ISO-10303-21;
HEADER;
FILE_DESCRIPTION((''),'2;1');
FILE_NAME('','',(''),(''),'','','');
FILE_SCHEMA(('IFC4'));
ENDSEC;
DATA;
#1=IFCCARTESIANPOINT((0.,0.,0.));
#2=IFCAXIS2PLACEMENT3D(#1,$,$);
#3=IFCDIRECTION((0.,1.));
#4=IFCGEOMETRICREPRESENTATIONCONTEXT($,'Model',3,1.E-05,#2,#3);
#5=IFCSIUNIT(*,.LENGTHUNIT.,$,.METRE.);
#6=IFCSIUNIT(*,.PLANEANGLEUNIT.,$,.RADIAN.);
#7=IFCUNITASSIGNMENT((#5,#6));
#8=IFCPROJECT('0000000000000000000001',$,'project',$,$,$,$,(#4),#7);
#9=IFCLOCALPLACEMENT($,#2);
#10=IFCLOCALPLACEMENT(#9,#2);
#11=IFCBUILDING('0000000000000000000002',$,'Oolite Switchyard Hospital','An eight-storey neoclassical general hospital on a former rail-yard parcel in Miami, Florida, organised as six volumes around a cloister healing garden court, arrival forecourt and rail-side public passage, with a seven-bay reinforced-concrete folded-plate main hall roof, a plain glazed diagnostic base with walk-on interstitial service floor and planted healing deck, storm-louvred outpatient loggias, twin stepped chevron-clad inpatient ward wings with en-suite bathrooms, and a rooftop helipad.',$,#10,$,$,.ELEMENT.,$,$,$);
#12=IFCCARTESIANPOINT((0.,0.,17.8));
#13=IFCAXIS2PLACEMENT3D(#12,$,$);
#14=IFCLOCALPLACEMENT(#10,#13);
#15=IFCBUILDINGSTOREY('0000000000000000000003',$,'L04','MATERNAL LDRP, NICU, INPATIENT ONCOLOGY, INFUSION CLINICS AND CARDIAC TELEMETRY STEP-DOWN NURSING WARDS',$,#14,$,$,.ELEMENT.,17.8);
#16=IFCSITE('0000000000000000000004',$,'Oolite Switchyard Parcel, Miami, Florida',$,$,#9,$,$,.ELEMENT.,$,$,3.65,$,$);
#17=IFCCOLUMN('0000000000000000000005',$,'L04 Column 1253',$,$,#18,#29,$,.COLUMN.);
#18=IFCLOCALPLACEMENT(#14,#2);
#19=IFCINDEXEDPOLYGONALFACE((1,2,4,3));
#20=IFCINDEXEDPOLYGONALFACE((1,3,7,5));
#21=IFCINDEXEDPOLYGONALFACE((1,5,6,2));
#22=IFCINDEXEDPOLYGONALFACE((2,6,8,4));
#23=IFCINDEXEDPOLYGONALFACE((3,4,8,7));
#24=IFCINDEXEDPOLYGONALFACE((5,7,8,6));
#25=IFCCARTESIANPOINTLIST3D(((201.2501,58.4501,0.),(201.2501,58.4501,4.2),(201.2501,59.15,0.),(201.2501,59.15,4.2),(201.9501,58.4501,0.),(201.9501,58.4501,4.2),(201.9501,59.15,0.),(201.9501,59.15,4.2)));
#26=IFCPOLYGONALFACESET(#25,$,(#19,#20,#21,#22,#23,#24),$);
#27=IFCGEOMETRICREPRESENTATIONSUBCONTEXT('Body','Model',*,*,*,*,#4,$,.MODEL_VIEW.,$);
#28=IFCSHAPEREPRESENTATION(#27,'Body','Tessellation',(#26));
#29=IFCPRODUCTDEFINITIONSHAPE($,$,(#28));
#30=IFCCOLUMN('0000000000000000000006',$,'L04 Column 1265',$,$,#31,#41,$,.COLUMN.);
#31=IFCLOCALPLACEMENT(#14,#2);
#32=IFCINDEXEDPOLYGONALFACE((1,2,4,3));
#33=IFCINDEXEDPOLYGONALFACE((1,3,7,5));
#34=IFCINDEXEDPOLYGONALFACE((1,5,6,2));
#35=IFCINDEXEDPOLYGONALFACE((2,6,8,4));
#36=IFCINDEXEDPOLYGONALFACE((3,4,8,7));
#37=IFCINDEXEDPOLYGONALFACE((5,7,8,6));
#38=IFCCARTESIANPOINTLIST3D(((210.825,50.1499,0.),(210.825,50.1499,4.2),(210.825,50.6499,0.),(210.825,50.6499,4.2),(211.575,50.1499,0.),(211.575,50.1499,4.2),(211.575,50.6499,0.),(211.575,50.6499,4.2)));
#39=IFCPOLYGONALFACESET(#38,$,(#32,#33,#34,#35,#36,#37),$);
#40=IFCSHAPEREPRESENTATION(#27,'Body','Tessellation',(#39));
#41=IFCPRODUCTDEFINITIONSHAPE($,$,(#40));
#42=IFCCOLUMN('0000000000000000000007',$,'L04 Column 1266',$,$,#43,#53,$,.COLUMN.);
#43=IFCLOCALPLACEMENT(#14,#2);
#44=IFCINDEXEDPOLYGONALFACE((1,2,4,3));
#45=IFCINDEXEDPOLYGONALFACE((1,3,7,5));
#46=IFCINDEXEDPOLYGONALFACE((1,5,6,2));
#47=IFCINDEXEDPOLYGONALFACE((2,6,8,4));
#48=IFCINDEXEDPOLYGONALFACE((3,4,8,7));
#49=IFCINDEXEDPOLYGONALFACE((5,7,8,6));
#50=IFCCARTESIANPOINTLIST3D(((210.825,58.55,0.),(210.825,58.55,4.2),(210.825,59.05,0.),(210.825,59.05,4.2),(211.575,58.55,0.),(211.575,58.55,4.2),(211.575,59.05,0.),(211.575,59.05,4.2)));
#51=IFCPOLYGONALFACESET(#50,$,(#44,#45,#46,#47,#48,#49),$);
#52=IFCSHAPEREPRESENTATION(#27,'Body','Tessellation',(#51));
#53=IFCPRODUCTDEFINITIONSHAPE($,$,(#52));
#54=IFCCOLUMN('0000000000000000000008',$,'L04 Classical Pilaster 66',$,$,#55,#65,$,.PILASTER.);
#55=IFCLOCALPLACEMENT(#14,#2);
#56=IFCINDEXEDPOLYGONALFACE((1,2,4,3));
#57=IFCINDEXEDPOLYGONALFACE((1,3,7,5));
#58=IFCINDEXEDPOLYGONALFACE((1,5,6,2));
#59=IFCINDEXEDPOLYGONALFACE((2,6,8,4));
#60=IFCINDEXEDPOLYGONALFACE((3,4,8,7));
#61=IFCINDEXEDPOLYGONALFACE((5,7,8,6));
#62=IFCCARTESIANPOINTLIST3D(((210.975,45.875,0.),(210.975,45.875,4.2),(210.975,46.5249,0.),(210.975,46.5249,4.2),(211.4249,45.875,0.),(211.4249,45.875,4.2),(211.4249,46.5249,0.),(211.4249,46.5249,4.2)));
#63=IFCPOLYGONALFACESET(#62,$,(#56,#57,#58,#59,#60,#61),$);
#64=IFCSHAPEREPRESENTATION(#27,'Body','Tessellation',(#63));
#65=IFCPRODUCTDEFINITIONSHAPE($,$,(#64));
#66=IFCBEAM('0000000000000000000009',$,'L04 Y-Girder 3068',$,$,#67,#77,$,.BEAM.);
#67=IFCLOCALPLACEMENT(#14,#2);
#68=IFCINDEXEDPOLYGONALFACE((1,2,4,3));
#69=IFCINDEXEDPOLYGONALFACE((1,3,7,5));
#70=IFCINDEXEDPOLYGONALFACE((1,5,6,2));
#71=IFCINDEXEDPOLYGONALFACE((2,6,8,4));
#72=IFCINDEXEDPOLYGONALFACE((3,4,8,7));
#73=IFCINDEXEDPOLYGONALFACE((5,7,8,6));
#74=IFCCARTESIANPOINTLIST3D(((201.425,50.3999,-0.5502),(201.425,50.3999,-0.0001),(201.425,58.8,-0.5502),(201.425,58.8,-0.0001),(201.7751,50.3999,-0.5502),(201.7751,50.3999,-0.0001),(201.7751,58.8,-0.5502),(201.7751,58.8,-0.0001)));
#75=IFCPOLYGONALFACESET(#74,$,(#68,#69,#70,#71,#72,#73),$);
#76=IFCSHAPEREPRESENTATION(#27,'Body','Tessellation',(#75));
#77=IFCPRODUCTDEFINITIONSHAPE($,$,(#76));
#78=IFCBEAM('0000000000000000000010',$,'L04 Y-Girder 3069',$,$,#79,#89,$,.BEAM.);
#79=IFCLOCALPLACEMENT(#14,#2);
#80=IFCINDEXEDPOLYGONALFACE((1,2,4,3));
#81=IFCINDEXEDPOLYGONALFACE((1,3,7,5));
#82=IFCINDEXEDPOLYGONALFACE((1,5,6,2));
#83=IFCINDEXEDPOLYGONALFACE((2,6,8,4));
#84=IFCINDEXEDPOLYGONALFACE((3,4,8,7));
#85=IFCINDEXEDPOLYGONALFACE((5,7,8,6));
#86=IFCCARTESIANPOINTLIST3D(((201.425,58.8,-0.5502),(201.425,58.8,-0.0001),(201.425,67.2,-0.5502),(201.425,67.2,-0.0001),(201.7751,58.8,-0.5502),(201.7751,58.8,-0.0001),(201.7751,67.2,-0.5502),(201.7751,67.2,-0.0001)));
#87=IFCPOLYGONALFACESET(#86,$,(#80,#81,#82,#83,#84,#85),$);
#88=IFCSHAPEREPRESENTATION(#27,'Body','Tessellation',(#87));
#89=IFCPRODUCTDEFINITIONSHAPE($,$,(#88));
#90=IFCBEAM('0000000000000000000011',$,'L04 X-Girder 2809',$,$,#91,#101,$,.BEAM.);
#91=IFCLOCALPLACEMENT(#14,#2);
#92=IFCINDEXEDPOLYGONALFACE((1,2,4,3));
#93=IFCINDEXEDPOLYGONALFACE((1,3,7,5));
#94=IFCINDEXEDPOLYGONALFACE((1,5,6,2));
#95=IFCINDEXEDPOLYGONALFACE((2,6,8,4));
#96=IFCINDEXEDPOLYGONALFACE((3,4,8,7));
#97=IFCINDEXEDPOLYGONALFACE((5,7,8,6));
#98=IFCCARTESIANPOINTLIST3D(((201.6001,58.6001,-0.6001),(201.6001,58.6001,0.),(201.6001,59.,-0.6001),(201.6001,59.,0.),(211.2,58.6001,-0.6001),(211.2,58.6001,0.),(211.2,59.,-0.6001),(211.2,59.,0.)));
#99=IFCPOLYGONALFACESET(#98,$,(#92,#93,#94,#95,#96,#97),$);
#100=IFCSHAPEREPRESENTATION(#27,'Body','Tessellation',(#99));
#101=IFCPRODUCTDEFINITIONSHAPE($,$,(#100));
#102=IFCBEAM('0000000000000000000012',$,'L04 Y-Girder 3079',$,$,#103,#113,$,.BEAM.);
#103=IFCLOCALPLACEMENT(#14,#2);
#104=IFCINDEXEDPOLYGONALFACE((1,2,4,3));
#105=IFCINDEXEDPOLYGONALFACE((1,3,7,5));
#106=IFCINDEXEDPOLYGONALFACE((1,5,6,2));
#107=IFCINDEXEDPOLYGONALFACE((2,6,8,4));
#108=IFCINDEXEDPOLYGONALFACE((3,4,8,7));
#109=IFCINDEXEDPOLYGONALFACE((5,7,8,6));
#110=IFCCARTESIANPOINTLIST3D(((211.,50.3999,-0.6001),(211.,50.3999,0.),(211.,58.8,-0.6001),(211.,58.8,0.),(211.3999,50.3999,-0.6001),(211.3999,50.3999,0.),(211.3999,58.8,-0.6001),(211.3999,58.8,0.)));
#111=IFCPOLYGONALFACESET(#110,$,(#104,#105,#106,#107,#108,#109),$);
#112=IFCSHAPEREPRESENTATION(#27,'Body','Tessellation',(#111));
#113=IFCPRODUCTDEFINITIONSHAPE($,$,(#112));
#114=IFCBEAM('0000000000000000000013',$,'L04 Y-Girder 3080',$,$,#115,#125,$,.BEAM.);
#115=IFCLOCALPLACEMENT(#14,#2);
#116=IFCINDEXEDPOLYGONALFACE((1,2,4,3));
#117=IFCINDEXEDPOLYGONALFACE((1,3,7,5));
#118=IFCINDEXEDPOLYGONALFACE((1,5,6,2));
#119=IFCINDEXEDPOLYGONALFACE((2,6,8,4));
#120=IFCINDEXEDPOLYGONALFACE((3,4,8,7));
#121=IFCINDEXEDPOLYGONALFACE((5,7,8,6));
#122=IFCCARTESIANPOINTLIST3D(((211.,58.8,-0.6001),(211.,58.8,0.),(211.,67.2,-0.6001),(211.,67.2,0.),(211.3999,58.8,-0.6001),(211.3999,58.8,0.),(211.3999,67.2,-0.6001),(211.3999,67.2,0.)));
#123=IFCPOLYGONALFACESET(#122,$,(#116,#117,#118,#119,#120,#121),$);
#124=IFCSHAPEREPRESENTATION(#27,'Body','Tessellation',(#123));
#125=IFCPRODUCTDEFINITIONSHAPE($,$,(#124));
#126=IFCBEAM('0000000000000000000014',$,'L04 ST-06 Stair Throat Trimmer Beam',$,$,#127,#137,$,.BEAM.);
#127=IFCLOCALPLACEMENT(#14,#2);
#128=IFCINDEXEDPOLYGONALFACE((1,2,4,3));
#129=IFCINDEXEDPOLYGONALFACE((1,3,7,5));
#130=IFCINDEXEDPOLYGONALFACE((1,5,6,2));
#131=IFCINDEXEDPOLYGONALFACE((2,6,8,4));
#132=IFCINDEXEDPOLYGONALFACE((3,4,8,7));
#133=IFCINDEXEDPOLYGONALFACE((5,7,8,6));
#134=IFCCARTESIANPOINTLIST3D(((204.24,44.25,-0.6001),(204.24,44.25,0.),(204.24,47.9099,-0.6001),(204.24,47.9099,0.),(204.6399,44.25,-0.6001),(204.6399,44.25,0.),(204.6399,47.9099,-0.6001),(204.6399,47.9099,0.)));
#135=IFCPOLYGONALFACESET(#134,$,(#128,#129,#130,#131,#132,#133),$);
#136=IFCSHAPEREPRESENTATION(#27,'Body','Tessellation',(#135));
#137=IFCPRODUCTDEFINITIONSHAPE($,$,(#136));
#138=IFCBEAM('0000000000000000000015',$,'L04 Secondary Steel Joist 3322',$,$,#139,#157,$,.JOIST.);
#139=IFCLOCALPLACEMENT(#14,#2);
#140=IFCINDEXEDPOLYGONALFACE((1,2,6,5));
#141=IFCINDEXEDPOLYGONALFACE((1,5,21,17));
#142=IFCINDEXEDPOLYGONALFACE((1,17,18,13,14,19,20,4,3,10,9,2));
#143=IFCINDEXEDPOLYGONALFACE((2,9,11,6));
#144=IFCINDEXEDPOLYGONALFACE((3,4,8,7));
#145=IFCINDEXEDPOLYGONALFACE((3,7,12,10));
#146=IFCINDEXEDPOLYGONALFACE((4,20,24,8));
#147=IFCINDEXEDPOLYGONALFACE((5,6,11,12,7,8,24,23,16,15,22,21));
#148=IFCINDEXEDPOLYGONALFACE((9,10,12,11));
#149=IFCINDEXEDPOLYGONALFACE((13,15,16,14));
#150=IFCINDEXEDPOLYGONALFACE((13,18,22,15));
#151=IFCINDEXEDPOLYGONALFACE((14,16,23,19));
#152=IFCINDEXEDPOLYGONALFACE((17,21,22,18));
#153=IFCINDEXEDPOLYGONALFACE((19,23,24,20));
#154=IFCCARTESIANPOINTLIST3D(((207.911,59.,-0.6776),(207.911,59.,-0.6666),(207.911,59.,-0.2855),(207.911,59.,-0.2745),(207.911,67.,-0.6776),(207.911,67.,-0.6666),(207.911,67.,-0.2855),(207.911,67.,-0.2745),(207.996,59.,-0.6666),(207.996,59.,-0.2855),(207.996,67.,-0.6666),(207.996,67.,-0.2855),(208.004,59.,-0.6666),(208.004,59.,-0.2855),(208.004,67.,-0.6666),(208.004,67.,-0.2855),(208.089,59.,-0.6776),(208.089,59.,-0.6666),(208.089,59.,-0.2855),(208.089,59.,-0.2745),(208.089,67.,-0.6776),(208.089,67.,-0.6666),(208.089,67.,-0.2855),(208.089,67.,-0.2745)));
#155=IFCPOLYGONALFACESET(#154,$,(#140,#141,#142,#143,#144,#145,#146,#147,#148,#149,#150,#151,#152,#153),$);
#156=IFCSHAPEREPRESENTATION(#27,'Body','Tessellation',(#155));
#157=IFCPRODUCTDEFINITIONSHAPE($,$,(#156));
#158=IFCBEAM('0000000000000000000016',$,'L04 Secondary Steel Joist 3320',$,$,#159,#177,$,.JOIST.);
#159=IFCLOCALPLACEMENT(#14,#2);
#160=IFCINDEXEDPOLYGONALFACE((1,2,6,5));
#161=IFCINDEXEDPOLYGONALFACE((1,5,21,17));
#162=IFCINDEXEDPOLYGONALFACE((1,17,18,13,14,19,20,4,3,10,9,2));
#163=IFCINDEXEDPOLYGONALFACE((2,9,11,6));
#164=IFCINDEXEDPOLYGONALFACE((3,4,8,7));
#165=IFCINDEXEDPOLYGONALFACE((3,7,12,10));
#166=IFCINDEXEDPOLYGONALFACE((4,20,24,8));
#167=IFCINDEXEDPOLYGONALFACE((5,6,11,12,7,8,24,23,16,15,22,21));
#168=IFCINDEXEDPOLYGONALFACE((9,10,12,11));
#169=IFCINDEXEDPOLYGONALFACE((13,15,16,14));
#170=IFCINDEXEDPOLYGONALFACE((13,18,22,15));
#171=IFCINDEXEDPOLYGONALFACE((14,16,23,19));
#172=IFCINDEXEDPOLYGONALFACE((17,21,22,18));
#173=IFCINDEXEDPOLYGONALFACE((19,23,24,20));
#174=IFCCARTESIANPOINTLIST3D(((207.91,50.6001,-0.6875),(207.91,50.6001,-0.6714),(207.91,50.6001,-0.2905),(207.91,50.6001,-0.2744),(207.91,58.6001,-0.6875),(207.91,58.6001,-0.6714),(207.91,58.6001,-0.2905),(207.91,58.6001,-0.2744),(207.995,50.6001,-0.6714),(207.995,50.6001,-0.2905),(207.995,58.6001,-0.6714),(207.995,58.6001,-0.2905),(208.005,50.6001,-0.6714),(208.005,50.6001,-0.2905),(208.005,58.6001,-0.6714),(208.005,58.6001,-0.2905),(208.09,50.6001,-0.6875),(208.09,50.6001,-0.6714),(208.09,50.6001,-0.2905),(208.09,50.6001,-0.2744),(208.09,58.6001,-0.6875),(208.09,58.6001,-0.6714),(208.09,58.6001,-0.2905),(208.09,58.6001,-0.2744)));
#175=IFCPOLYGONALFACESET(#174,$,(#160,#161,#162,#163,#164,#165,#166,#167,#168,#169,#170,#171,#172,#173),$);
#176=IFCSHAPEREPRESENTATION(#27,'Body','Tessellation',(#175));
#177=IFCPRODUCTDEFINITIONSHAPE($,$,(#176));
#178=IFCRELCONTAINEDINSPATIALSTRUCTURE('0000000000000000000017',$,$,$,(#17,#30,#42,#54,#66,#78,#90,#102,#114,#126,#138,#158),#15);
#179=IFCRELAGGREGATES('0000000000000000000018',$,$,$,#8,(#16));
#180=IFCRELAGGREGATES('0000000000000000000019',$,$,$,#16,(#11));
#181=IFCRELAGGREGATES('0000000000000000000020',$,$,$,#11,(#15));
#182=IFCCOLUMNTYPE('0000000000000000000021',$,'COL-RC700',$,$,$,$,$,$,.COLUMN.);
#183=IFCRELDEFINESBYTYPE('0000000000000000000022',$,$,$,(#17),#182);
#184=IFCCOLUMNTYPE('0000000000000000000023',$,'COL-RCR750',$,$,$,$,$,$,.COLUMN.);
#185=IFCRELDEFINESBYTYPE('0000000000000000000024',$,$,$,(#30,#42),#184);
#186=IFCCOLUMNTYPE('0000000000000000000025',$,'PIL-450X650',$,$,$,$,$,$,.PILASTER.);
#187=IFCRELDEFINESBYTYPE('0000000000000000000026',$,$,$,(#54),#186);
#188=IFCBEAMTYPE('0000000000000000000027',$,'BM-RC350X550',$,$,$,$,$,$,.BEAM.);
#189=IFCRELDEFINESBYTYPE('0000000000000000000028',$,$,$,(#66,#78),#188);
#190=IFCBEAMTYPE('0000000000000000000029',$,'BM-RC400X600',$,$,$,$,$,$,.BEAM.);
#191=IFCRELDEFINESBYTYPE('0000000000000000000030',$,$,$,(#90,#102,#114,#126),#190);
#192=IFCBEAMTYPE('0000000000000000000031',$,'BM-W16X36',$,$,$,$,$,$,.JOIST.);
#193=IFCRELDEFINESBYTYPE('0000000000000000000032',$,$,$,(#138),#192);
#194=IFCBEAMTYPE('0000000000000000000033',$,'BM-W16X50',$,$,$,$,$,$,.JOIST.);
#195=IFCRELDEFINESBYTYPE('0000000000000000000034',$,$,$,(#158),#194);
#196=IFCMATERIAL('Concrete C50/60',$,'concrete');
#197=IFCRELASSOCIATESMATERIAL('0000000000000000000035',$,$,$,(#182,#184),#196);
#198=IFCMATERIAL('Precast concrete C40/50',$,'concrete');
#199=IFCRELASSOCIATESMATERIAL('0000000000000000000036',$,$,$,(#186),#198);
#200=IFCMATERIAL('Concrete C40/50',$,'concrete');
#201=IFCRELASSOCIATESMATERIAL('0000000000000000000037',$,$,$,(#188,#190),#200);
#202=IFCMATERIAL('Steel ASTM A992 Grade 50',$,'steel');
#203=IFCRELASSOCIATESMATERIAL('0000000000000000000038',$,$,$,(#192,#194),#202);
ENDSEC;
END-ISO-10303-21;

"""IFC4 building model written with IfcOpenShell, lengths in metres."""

from ifc_helpers import new_model, si_unit, direction, frame, origin, origin_2d, place, context, subcontext, project, spatial, rectangle, i_section, extrude, material, material_profile, profile_set, type_object, element, save


model = new_model("IFC4")

# Units and contexts
model_context = context("Model", 3, precision=1e-05, world=origin(), true_north=direction((0.0, 1.0)))
body_context = subcontext(model_context, "Body", "Model", "MODEL_VIEW")
ifc_project = project(units=[si_unit("LENGTHUNIT", "METRE"), si_unit("PLANEANGLEUNIT", "RADIAN")], contexts=[model_context])

# Site, building, storey
site_placement = place(None, origin())
site = spatial("IfcSite", under=ifc_project, at=site_placement, Name="Oolite Switchyard Parcel, Miami, Florida", CompositionType="ELEMENT", RefElevation=3.65)
building_placement = place(site_placement, origin())
building = spatial("IfcBuilding", under=site, at=building_placement, Name="Oolite Switchyard Hospital", Description="An eight-storey neoclassical general hospital on a former rail-yard parcel in Miami, Florida, organised as six volumes around a cloister healing garden court, arrival forecourt and rail-side public passage, with a seven-bay reinforced-concrete folded-plate main hall roof, a plain glazed diagnostic base with walk-on interstitial service floor and planted healing deck, storm-louvred outpatient loggias, twin stepped chevron-clad inpatient ward wings with en-suite bathrooms, and a rooftop helipad.", CompositionType="ELEMENT")
storey_placement = place(building_placement, frame((0.0, 0.0, 17.8)))
storey = spatial("IfcBuildingStorey", under=building, at=storey_placement, Name="L04", Description="MATERNAL LDRP, NICU, INPATIENT ONCOLOGY, INFUSION CLINICS AND CARDIAC TELEMETRY STEP-DOWN NURSING WARDS", CompositionType="ELEMENT", Elevation=17.8)

# Columns
ifc_material_1 = material(Name="Concrete C50/60", Category="concrete")
ifc_material_profile_1 = material_profile(ifc_material_1, rectangle(XDim=0.7, YDim=0.7, at=origin_2d()), Name="RC700X700")
ifc_profile_set_1 = profile_set([ifc_material_profile_1], Name="Concrete C50/60")
column_type_1 = type_object("IfcColumnType", Name="COL-RC700", PredefinedType="COLUMN", material=ifc_profile_set_1)
column_1_placement = place(storey_placement, frame((201.6001, 58.8, 0.0), z_axis=(0.0, 0.0, 1.0), x_axis=(1.0, 0.0, 0.0)))
element("IfcColumn", 1, at=column_1_placement, inside=storey, type_object=column_type_1, Name="L04 Column 1253", PredefinedType="COLUMN", context=body_context, shape_type="SweptSolid", body=[
    extrude(rectangle(XDim=0.7, YDim=0.7, at=origin_2d()), origin(), (0.0, 0.0, 1.0), 4.2),
])
ifc_material_profile_2 = material_profile(ifc_material_1, rectangle(XDim=0.75, YDim=0.5, at=origin_2d()), Name="RC750X500")
ifc_profile_set_2 = profile_set([ifc_material_profile_2], Name="Concrete C50/60")
column_type_2 = type_object("IfcColumnType", Name="COL-RCR750", PredefinedType="COLUMN", material=ifc_profile_set_2)
for number, where, z_axis, x_axis, name in (
    (2, (211.2, 50.3999, 0.0), (0.0, 0.0, 1.0), (1.0, 0.0, 0.0), "L04 Column 1265"),
    (3, (211.2, 58.8, 0.0), (0.0, 0.0, 1.0), (1.0, 0.0, 0.0), "L04 Column 1266"),
):
    element("IfcColumn", number, at=place(storey_placement, frame(where, z_axis=z_axis, x_axis=x_axis)), inside=storey, type_object=column_type_2, Name=name, PredefinedType="COLUMN", context=body_context, shape_type="SweptSolid", body=[
        extrude(rectangle(XDim=0.75, YDim=0.5, at=origin_2d()), origin(), (0.0, 0.0, 1.0), 4.2),
    ])
ifc_material_2 = material(Name="Precast concrete C40/50", Category="concrete")
ifc_material_profile_3 = material_profile(ifc_material_2, rectangle(XDim=0.45, YDim=0.6499, at=origin_2d()), Name="PIL450X650")
ifc_profile_set_3 = profile_set([ifc_material_profile_3], Name="Precast concrete C40/50")
column_type_3 = type_object("IfcColumnType", Name="PIL-450X650", PredefinedType="PILASTER", material=ifc_profile_set_3)
column_2_placement = place(storey_placement, frame((211.2, 46.2, 0.0), z_axis=(0.0, 0.0, 1.0), x_axis=(1.0, 0.0, 0.0)))
element("IfcColumn", 4, at=column_2_placement, inside=storey, type_object=column_type_3, Name="L04 Classical Pilaster 66", PredefinedType="PILASTER", context=body_context, shape_type="SweptSolid", body=[
    extrude(rectangle(XDim=0.45, YDim=0.6499, at=origin_2d()), origin(), (0.0, 0.0, 1.0), 4.2),
])

# Beams
ifc_material_3 = material(Name="Concrete C40/50", Category="concrete")
ifc_material_profile_4 = material_profile(ifc_material_3, rectangle(XDim=0.3501, YDim=0.55, at=origin_2d()), Name="RCB350X550")
ifc_profile_set_4 = profile_set([ifc_material_profile_4], Name="Concrete C40/50")
beam_type_1 = type_object("IfcBeamType", Name="BM-RC350X550", PredefinedType="BEAM", material=ifc_profile_set_4)
beam_1_placement = place(storey_placement, frame((201.6001, 50.3999, -0.2751), z_axis=(0.0, 1.0, 0.0), x_axis=(-1.0, 0.0, 0.0)))
element("IfcBeam", 5, at=beam_1_placement, inside=storey, type_object=beam_type_1, Name="L04 Y-Girder 3068", PredefinedType="BEAM", context=body_context, shape_type="SweptSolid", body=[
    extrude(rectangle(XDim=0.3501, YDim=0.55, at=origin_2d()), origin(), (0.0, 0.0, 1.0), 8.4001),
])
beam_2_placement = place(storey_placement, frame((201.6001, 58.8, -0.2751), z_axis=(0.0, 1.0, 0.0), x_axis=(-1.0, 0.0, 0.0)))
element("IfcBeam", 6, at=beam_2_placement, inside=storey, type_object=beam_type_1, Name="L04 Y-Girder 3069", PredefinedType="BEAM", context=body_context, shape_type="SweptSolid", body=[
    extrude(rectangle(XDim=0.3501, YDim=0.55, at=origin_2d()), origin(), (0.0, 0.0, 1.0), 8.3999),
])
ifc_material_profile_5 = material_profile(ifc_material_3, rectangle(XDim=0.3999, YDim=0.6001, at=origin_2d()), Name="RCB400X600")
ifc_profile_set_5 = profile_set([ifc_material_profile_5], Name="Concrete C40/50")
beam_type_2 = type_object("IfcBeamType", Name="BM-RC400X600", PredefinedType="BEAM", material=ifc_profile_set_5)
beam_3_placement = place(storey_placement, frame((201.6001, 58.8, -0.3), z_axis=(1.0, 0.0, 0.0), x_axis=(0.0, 1.0, 0.0)))
element("IfcBeam", 7, at=beam_3_placement, inside=storey, type_object=beam_type_2, Name="L04 X-Girder 2809", PredefinedType="BEAM", context=body_context, shape_type="SweptSolid", body=[
    extrude(rectangle(XDim=0.3999, YDim=0.6001, at=origin_2d()), origin(), (0.0, 0.0, 1.0), 9.5999),
])
beam_4_placement = place(storey_placement, frame((211.2, 50.3999, -0.3), z_axis=(0.0, 1.0, 0.0), x_axis=(-1.0, 0.0, 0.0)))
element("IfcBeam", 8, at=beam_4_placement, inside=storey, type_object=beam_type_2, Name="L04 Y-Girder 3079", PredefinedType="BEAM", context=body_context, shape_type="SweptSolid", body=[
    extrude(rectangle(XDim=0.3999, YDim=0.6001, at=origin_2d()), origin(), (0.0, 0.0, 1.0), 8.4001),
])
beam_5_placement = place(storey_placement, frame((211.2, 58.8, -0.3), z_axis=(0.0, 1.0, 0.0), x_axis=(-1.0, 0.0, 0.0)))
element("IfcBeam", 9, at=beam_5_placement, inside=storey, type_object=beam_type_2, Name="L04 Y-Girder 3080", PredefinedType="BEAM", context=body_context, shape_type="SweptSolid", body=[
    extrude(rectangle(XDim=0.3999, YDim=0.6001, at=origin_2d()), origin(), (0.0, 0.0, 1.0), 8.3999),
])
beam_6_placement = place(storey_placement, frame((204.4399, 44.25, -0.3), z_axis=(0.0, 1.0, 0.0), x_axis=(-1.0, 0.0, 0.0)))
element("IfcBeam", 10, at=beam_6_placement, inside=storey, type_object=beam_type_2, Name="L04 ST-06 Stair Throat Trimmer Beam", PredefinedType="BEAM", context=body_context, shape_type="SweptSolid", body=[
    extrude(rectangle(XDim=0.3999, YDim=0.6001, at=origin_2d()), origin(), (0.0, 0.0, 1.0), 3.6599),
])
ifc_material_4 = material(Name="Steel ASTM A992 Grade 50", Category="steel")
ifc_material_profile_6 = material_profile(ifc_material_4, i_section(OverallWidth=0.178, OverallDepth=0.4031, WebThickness=0.0081, FlangeThickness=0.011, at=origin_2d()), Name="W16X36")
ifc_profile_set_6 = profile_set([ifc_material_profile_6], Name="Steel ASTM A992 Grade 50")
beam_type_3 = type_object("IfcBeamType", Name="BM-W16X36", PredefinedType="JOIST", material=ifc_profile_set_6)
beam_7_placement = place(storey_placement, frame((208.0, 59.0, -0.4761), z_axis=(0.0, 1.0, 0.0), x_axis=(-1.0, 0.0, 0.0)))
element("IfcBeam", 11, at=beam_7_placement, inside=storey, type_object=beam_type_3, Name="L04 Secondary Steel Joist 3322", PredefinedType="JOIST", context=body_context, shape_type="SweptSolid", body=[
    extrude(i_section(OverallWidth=0.178, OverallDepth=0.4031, WebThickness=0.0081, FlangeThickness=0.011, at=origin_2d()), origin(), (0.0, 0.0, 1.0), 8.0),
])
ifc_material_profile_7 = material_profile(ifc_material_4, i_section(OverallWidth=0.1799, OverallDepth=0.4131, WebThickness=0.01, FlangeThickness=0.0161, at=origin_2d()), Name="W16X50")
ifc_profile_set_7 = profile_set([ifc_material_profile_7], Name="Steel ASTM A992 Grade 50")
beam_type_4 = type_object("IfcBeamType", Name="BM-W16X50", PredefinedType="JOIST", material=ifc_profile_set_7)
for number, where, z_axis, x_axis, name in (
    (12, (208.0, 50.6001, -0.481), (0.0, 1.0, 0.0), (-1.0, 0.0, 0.0), "L04 Secondary Steel Joist 3320"),
):
    element("IfcBeam", number, at=place(storey_placement, frame(where, z_axis=z_axis, x_axis=x_axis)), inside=storey, type_object=beam_type_4, Name=name, PredefinedType="JOIST", context=body_context, shape_type="SweptSolid", body=[
        extrude(i_section(OverallWidth=0.1799, OverallDepth=0.4131, WebThickness=0.01, FlangeThickness=0.0161, at=origin_2d()), origin(), (0.0, 0.0, 1.0), 8.0),
    ])

save(model, "model.ifc")
